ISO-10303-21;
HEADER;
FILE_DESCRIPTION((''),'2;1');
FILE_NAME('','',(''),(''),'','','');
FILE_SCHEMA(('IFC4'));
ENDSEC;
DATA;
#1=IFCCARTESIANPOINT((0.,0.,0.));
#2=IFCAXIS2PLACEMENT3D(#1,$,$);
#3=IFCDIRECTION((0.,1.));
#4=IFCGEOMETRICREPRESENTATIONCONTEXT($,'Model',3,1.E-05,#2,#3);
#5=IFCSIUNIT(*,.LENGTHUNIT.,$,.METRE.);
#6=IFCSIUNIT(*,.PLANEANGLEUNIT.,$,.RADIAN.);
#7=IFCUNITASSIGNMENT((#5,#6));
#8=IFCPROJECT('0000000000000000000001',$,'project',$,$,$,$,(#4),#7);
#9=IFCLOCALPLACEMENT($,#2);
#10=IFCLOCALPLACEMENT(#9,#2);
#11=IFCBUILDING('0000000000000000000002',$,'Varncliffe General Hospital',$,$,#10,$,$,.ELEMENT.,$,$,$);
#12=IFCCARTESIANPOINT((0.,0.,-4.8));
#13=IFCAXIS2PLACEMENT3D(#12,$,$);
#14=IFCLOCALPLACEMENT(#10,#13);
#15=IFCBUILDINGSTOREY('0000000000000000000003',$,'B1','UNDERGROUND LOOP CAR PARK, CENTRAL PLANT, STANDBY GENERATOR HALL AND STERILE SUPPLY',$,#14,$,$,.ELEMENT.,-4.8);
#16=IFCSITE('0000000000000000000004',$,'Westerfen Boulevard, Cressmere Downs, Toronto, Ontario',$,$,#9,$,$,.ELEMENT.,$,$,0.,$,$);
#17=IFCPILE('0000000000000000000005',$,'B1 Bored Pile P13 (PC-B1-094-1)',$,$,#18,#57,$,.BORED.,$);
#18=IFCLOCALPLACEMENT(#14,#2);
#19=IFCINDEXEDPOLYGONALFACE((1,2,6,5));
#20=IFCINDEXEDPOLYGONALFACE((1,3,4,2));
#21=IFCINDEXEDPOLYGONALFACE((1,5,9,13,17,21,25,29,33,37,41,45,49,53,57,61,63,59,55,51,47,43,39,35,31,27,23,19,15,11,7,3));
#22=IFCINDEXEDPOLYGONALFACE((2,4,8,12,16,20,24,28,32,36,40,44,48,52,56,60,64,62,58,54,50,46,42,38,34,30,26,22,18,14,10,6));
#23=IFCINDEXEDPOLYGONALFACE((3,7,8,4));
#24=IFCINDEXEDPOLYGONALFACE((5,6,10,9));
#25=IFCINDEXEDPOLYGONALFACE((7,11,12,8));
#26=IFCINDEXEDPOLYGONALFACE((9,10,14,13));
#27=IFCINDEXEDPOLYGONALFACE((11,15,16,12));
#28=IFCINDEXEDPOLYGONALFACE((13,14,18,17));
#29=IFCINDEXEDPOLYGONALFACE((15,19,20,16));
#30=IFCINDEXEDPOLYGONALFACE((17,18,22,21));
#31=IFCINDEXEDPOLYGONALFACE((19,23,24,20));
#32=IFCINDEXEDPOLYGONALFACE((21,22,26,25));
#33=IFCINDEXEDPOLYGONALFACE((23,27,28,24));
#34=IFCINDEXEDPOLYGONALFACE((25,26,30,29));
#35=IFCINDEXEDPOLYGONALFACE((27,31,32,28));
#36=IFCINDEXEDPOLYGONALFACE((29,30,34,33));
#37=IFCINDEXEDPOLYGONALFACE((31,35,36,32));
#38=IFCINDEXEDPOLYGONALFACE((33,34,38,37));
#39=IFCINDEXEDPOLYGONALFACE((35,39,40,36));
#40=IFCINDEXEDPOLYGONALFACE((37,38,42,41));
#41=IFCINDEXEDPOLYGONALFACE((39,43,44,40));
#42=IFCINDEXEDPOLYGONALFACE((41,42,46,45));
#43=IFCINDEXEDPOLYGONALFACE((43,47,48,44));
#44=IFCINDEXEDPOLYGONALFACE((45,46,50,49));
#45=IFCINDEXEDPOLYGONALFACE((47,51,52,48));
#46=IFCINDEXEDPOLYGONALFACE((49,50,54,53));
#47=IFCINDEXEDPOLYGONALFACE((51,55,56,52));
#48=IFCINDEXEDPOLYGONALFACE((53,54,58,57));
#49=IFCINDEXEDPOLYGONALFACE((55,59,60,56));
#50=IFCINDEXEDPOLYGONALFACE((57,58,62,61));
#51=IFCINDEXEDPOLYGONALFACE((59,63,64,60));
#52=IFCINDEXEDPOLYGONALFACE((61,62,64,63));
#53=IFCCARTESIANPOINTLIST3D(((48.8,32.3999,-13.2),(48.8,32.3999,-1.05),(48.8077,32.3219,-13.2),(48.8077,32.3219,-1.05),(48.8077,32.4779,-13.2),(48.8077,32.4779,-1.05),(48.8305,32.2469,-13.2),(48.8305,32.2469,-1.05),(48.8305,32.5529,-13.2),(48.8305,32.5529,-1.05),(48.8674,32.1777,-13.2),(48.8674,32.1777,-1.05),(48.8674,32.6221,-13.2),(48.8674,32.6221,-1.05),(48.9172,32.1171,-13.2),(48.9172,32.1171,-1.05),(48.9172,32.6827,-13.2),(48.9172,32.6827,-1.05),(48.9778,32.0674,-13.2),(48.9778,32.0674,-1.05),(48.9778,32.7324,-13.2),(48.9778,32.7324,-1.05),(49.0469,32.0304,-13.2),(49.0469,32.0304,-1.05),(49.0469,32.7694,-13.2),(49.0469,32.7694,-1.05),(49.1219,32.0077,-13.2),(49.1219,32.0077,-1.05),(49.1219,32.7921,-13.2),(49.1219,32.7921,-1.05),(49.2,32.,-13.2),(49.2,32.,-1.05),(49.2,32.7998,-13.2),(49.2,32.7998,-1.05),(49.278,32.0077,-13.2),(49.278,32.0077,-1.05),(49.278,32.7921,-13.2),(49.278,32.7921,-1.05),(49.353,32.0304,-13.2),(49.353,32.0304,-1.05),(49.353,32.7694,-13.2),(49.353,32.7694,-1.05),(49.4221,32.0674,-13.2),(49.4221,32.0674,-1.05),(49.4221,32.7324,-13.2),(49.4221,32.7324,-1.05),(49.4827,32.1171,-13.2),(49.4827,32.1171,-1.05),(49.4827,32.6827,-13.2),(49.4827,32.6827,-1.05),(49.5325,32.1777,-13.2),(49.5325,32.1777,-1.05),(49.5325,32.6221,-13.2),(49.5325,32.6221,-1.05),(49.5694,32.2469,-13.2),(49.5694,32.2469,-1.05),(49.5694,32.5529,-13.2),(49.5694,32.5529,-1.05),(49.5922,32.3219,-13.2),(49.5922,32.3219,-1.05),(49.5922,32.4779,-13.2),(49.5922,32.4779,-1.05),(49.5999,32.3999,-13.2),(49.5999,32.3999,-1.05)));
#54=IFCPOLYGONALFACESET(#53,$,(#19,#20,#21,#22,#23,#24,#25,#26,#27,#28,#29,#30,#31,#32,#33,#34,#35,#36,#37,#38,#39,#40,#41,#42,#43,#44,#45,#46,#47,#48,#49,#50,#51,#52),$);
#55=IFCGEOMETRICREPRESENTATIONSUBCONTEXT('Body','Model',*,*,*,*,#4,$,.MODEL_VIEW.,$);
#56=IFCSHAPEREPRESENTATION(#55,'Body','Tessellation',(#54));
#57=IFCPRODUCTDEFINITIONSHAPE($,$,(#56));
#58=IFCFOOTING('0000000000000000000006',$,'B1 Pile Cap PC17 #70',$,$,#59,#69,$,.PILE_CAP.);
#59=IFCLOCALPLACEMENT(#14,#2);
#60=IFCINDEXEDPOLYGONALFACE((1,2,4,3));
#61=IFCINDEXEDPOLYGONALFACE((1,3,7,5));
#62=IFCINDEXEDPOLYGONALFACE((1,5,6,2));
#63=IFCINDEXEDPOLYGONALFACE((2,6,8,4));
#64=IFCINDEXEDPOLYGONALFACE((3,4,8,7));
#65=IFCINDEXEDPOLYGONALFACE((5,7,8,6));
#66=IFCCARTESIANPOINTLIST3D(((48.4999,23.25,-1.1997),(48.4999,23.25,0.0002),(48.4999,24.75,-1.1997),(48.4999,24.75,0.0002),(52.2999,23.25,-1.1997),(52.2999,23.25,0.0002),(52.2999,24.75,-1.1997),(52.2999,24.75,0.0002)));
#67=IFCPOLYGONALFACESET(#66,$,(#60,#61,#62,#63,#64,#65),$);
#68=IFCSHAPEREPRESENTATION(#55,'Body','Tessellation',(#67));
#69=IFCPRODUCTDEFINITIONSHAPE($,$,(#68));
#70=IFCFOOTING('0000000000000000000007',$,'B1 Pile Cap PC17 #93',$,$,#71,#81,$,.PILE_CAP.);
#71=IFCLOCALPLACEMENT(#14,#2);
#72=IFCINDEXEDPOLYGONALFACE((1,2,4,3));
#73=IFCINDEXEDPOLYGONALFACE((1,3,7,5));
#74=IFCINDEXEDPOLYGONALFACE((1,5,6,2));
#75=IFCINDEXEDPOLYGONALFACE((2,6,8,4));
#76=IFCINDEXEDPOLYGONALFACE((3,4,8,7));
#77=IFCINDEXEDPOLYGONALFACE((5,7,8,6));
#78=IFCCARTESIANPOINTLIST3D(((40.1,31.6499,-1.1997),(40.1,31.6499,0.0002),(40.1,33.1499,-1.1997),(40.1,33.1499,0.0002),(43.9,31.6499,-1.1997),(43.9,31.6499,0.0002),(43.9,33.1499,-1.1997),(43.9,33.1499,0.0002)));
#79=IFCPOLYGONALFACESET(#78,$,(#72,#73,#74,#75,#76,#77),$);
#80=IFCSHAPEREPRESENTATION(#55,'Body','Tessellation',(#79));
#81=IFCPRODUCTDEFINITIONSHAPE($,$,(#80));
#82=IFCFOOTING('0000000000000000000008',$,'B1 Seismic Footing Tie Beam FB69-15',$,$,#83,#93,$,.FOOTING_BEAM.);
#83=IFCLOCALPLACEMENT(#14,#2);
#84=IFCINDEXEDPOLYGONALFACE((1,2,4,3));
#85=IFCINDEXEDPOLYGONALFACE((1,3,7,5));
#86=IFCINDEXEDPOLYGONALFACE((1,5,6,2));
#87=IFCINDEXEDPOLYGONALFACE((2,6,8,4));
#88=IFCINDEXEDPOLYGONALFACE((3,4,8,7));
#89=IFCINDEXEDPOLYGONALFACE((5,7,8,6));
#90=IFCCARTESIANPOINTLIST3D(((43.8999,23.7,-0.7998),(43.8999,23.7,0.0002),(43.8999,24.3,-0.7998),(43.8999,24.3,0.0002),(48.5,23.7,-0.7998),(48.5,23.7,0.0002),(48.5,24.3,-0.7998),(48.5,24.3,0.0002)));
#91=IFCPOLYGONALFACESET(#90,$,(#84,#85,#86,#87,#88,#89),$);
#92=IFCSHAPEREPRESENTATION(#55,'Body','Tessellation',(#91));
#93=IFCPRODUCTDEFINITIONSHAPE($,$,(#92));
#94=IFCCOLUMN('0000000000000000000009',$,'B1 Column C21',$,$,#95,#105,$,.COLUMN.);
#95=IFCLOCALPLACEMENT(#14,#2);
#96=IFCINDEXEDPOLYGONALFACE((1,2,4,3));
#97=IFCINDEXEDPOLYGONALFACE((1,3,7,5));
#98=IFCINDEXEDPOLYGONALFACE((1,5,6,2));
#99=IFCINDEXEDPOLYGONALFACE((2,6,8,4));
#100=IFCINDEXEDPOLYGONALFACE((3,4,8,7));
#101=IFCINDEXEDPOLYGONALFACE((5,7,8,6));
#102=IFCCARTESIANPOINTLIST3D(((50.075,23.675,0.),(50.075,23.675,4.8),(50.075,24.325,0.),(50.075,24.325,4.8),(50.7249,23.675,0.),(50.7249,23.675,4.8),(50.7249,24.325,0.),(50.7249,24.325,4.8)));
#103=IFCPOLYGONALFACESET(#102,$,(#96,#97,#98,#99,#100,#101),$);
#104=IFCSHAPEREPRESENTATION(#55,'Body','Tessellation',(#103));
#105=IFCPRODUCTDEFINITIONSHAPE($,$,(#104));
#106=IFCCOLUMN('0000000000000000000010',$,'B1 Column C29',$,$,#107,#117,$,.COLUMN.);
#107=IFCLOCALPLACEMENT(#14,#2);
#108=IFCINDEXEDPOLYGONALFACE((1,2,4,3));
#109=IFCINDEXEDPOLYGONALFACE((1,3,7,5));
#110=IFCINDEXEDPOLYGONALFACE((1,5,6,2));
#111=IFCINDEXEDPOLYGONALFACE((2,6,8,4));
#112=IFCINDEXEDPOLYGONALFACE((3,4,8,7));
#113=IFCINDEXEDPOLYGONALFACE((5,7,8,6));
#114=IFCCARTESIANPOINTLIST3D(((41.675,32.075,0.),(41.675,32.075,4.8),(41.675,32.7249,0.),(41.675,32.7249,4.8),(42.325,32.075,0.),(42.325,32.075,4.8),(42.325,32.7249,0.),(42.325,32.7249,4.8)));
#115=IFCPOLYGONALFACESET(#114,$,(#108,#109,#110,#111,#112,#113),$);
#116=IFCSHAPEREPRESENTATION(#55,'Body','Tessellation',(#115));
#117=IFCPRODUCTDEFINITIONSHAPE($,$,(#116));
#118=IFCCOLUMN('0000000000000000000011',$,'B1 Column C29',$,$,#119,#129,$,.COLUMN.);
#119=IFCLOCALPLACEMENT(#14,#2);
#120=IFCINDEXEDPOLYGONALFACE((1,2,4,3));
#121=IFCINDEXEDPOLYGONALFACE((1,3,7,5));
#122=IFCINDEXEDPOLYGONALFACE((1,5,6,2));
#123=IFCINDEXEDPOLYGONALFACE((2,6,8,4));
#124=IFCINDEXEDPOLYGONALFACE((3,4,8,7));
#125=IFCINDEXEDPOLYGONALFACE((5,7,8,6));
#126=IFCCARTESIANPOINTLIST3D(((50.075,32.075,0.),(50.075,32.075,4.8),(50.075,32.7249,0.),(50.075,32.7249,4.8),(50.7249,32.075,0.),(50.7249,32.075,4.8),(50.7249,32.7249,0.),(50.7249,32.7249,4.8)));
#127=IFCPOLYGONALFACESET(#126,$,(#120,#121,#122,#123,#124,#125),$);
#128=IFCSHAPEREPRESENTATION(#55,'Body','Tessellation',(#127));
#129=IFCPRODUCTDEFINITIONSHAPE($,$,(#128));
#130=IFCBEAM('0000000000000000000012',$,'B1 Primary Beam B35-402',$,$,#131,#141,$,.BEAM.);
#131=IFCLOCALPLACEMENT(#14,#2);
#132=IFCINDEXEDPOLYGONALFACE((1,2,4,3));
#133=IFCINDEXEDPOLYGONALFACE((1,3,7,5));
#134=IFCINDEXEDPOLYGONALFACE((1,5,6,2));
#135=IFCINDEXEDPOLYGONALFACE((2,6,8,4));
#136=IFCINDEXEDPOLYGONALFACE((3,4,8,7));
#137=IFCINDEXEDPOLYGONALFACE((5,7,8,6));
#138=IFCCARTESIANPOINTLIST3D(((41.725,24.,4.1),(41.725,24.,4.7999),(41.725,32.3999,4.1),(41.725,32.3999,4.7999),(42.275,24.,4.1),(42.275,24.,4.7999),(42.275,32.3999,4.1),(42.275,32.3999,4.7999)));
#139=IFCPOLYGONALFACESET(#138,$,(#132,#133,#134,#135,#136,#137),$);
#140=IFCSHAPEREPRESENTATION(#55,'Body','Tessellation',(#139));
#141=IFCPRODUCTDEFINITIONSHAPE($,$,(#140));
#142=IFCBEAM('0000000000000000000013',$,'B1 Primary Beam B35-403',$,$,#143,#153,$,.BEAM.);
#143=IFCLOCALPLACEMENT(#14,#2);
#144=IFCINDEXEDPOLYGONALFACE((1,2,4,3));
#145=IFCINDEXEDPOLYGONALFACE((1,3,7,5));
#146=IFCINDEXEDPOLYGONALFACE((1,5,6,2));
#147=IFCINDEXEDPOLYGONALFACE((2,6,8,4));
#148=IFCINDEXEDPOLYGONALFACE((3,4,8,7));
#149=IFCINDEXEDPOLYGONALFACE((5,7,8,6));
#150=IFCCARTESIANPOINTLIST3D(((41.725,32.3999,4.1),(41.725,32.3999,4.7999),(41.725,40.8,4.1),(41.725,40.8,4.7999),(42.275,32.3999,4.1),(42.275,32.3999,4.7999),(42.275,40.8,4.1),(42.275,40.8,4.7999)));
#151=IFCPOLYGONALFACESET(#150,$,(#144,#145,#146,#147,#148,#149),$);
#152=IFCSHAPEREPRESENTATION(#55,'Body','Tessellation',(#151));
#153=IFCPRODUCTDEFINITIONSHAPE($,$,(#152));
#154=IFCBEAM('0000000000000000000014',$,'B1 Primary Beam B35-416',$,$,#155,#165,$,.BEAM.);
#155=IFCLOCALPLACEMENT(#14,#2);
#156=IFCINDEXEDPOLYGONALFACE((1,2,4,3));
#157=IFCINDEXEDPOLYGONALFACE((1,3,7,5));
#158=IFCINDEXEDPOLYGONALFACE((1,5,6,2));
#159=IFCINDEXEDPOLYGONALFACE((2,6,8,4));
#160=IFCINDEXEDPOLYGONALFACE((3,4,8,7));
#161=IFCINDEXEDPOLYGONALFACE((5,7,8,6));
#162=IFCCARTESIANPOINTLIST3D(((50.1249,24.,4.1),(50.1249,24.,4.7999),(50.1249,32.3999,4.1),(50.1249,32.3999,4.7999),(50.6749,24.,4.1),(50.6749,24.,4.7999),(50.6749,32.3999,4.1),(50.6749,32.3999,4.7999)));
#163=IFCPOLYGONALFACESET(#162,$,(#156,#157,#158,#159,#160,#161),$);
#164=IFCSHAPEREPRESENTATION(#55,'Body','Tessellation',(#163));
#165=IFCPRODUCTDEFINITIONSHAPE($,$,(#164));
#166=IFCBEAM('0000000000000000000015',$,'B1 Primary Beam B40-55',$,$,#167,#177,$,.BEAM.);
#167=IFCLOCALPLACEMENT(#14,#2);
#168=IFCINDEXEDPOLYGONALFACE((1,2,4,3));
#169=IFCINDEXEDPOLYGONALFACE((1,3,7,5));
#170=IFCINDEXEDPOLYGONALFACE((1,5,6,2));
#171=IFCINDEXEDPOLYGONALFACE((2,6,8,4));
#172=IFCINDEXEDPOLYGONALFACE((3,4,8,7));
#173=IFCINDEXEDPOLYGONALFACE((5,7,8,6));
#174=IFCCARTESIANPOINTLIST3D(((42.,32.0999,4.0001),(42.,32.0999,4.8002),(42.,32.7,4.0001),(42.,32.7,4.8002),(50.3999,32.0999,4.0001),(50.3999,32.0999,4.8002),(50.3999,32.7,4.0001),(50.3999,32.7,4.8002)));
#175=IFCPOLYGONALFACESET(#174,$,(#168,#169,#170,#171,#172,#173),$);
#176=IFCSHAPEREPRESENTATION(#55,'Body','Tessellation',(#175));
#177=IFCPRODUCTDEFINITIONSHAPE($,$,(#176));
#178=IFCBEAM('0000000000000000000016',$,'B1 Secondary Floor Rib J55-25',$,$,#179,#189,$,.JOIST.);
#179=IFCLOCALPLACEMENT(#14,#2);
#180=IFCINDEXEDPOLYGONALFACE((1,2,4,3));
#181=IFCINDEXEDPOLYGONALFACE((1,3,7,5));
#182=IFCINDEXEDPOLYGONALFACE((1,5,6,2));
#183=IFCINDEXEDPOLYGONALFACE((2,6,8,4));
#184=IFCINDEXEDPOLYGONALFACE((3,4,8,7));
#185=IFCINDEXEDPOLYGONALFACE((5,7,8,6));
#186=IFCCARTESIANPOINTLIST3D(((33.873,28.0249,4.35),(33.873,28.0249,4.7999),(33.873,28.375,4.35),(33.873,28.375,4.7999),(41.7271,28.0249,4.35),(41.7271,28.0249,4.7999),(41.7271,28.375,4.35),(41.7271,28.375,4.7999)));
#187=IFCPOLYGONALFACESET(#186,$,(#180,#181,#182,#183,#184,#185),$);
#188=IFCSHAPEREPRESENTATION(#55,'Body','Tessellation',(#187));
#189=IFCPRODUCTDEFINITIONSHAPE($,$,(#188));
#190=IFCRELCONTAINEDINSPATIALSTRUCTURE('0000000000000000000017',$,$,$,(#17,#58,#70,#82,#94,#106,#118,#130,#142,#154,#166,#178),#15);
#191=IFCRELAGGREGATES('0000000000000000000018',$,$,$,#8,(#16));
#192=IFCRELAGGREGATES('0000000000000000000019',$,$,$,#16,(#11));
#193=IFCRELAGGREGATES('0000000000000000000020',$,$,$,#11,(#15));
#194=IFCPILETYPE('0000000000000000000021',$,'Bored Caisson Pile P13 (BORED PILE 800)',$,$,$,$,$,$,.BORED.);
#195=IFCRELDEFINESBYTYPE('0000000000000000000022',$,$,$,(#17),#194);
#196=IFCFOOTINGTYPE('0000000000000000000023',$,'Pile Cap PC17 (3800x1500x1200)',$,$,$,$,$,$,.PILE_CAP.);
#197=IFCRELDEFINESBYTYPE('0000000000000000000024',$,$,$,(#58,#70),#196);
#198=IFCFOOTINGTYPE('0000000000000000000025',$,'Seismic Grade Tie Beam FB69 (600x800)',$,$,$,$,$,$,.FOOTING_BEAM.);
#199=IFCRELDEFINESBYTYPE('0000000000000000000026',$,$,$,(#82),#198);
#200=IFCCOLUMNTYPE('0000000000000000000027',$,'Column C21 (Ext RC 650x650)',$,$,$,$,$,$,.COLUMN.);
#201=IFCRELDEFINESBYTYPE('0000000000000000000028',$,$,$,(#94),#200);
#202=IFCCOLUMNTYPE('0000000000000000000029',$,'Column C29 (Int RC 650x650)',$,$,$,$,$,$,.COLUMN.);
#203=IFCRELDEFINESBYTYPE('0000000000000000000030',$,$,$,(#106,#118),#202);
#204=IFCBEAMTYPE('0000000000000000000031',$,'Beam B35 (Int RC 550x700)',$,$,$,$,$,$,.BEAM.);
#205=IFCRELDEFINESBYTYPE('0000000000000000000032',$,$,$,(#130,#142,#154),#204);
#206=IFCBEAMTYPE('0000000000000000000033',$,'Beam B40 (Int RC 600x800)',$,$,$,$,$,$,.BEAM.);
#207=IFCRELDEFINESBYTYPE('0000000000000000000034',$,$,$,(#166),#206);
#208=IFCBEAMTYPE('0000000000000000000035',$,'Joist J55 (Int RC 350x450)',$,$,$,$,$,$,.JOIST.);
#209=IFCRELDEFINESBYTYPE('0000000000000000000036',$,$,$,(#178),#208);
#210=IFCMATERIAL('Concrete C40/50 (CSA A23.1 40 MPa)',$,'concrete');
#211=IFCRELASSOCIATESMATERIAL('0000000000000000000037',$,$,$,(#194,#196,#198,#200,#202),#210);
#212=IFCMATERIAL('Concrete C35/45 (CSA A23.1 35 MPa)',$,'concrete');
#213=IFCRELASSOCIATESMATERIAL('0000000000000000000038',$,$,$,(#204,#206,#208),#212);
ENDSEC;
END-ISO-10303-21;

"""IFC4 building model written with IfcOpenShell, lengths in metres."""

from ifc_helpers import new_model, si_unit, direction, frame, origin, origin_2d, place, context, subcontext, project, spatial, rectangle, circle, extrude, material, material_profile, profile_set, type_object, element, save


model = new_model("IFC4")

# Units and contexts
model_context = context("Model", 3, precision=1e-05, world=origin(), true_north=direction((0.0, 1.0)))
body_context = subcontext(model_context, "Body", "Model", "MODEL_VIEW")
ifc_project = project(units=[si_unit("LENGTHUNIT", "METRE"), si_unit("PLANEANGLEUNIT", "RADIAN")], contexts=[model_context])

# Site, building, storey
site_placement = place(None, origin())
site = spatial("IfcSite", under=ifc_project, at=site_placement, Name="Westerfen Boulevard, Cressmere Downs, Toronto, Ontario", CompositionType="ELEMENT", RefElevation=0.0)
building_placement = place(site_placement, origin())
building = spatial("IfcBuilding", under=site, at=building_placement, Name="Varncliffe General Hospital", CompositionType="ELEMENT")
storey_placement = place(building_placement, frame((0.0, 0.0, -4.8)))
storey = spatial("IfcBuildingStorey", under=building, at=storey_placement, Name="B1", Description="UNDERGROUND LOOP CAR PARK, CENTRAL PLANT, STANDBY GENERATOR HALL AND STERILE SUPPLY", CompositionType="ELEMENT", Elevation=-4.8)

# Pile
ifc_material_1 = material(Name="Concrete C40/50 (CSA A23.1 40 MPa)", Category="concrete")
ifc_material_profile_1 = material_profile(ifc_material_1, circle(Radius=0.3999, at=origin_2d()), Name="BORED PILE 800")
ifc_profile_set_1 = profile_set([ifc_material_profile_1], Name="Concrete C40/50 (CSA A23.1 40 MPa)")
pile_type = type_object("IfcPileType", Name="Bored Caisson Pile P13 (BORED PILE 800)", PredefinedType="BORED", material=ifc_profile_set_1)
for number, where, z_axis, x_axis, name in (
    (1, (49.2, 32.3999, -1.05), (0.0, 0.0, -1.0), (1.0, 0.0, 0.0), "B1 Bored Pile P13 (PC-B1-094-1)"),
):
    element("IfcPile", number, at=place(storey_placement, frame(where, z_axis=z_axis, x_axis=x_axis)), inside=storey, type_object=pile_type, Name=name, PredefinedType="BORED", context=body_context, shape_type="SweptSolid", body=[
        extrude(circle(Radius=0.3999, at=origin_2d()), origin(), (0.0, 0.0, 1.0), 12.1499),
    ])

# Footings
footing_type_1 = type_object("IfcFootingType", Name="Pile Cap PC17 (3800x1500x1200)", PredefinedType="PILE_CAP", material=ifc_material_1)
for number, where, z_axis, x_axis, name in (
    (2, (50.3999, 24.0, -1.1997), (0.0, 0.0, 1.0), (1.0, 0.0, 0.0), "B1 Pile Cap PC17 #70"),
    (3, (42.0, 32.3999, -1.1997), (0.0, 0.0, 1.0), (1.0, 0.0, 0.0), "B1 Pile Cap PC17 #93"),
):
    element("IfcFooting", number, at=place(storey_placement, frame(where, z_axis=z_axis, x_axis=x_axis)), inside=storey, type_object=footing_type_1, Name=name, PredefinedType="PILE_CAP", context=body_context, shape_type="SweptSolid", body=[
        extrude(rectangle(XDim=3.8, YDim=1.5, at=origin_2d()), origin(), (0.0, 0.0, 1.0), 1.2),
    ])
footing_type_2 = type_object("IfcFootingType", Name="Seismic Grade Tie Beam FB69 (600x800)", PredefinedType="FOOTING_BEAM", material=ifc_material_1)
footing_placement = place(storey_placement, frame((46.2, 24.0, -0.7998), z_axis=(0.0, 0.0, 1.0), x_axis=(1.0, 0.0, 0.0)))
element("IfcFooting", 4, at=footing_placement, inside=storey, type_object=footing_type_2, Name="B1 Seismic Footing Tie Beam FB69-15", PredefinedType="FOOTING_BEAM", context=body_context, shape_type="SweptSolid", body=[
    extrude(rectangle(XDim=4.6001, YDim=0.6001, at=origin_2d()), origin(), (0.0, 0.0, 1.0), 0.8),
])

# Columns
ifc_material_profile_2 = material_profile(ifc_material_1, rectangle(XDim=0.6499, YDim=0.6499, at=origin_2d()), Name="RC 650x650")
ifc_profile_set_2 = profile_set([ifc_material_profile_2], Name="Concrete C40/50 (CSA A23.1 40 MPa)")
column_type_1 = type_object("IfcColumnType", Name="Column C21 (Ext RC 650x650)", PredefinedType="COLUMN", material=ifc_profile_set_2)
column_placement = place(storey_placement, frame((50.3999, 24.0, 0.0), z_axis=(0.0, 0.0, 1.0), x_axis=(1.0, 0.0, 0.0)))
element("IfcColumn", 5, at=column_placement, inside=storey, type_object=column_type_1, Name="B1 Column C21", PredefinedType="COLUMN", context=body_context, shape_type="SweptSolid", body=[
    extrude(rectangle(XDim=0.6499, YDim=0.6499, at=origin_2d()), origin(), (0.0, 0.0, 1.0), 4.8),
])
ifc_material_profile_3 = material_profile(ifc_material_1, rectangle(XDim=0.6499, YDim=0.6499, at=origin_2d()), Name="RC 650x650")
ifc_profile_set_3 = profile_set([ifc_material_profile_3], Name="Concrete C40/50 (CSA A23.1 40 MPa)")
column_type_2 = type_object("IfcColumnType", Name="Column C29 (Int RC 650x650)", PredefinedType="COLUMN", material=ifc_profile_set_3)
for number, where, z_axis, x_axis, name in (
    (6, (42.0, 32.3999, 0.0), (0.0, 0.0, 1.0), (1.0, 0.0, 0.0), "B1 Column C29"),
    (7, (50.3999, 32.3999, 0.0), (0.0, 0.0, 1.0), (1.0, 0.0, 0.0), "B1 Column C29"),
):
    element("IfcColumn", number, at=place(storey_placement, frame(where, z_axis=z_axis, x_axis=x_axis)), inside=storey, type_object=column_type_2, Name=name, PredefinedType="COLUMN", context=body_context, shape_type="SweptSolid", body=[
        extrude(rectangle(XDim=0.6499, YDim=0.6499, at=origin_2d()), origin(), (0.0, 0.0, 1.0), 4.8),
    ])

# Beams
ifc_material_2 = material(Name="Concrete C35/45 (CSA A23.1 35 MPa)", Category="concrete")
ifc_material_profile_4 = material_profile(ifc_material_2, rectangle(XDim=0.55, YDim=0.7, at=origin_2d()), Name="RC 550x700")
ifc_profile_set_4 = profile_set([ifc_material_profile_4], Name="Concrete C35/45 (CSA A23.1 35 MPa)")
beam_type_1 = type_object("IfcBeamType", Name="Beam B35 (Int RC 550x700)", PredefinedType="BEAM", material=ifc_profile_set_4)
beam_1_placement = place(storey_placement, frame((42.0, 24.0, 4.45), z_axis=(0.0, 1.0, 0.0), x_axis=(-1.0, 0.0, 0.0)))
element("IfcBeam", 8, at=beam_1_placement, inside=storey, type_object=beam_type_1, Name="B1 Primary Beam B35-402", PredefinedType="BEAM", context=body_context, shape_type="SweptSolid", body=[
    extrude(rectangle(XDim=0.55, YDim=0.7, at=origin_2d()), origin(), (0.0, 0.0, 1.0), 8.3999),
])
beam_2_placement = place(storey_placement, frame((42.0, 32.3999, 4.45), z_axis=(0.0, 1.0, 0.0), x_axis=(-1.0, 0.0, 0.0)))
element("IfcBeam", 9, at=beam_2_placement, inside=storey, type_object=beam_type_1, Name="B1 Primary Beam B35-403", PredefinedType="BEAM", context=body_context, shape_type="SweptSolid", body=[
    extrude(rectangle(XDim=0.55, YDim=0.7, at=origin_2d()), origin(), (0.0, 0.0, 1.0), 8.4001),
])
beam_3_placement = place(storey_placement, frame((50.3999, 24.0, 4.45), z_axis=(0.0, 1.0, 0.0), x_axis=(-1.0, 0.0, 0.0)))
element("IfcBeam", 10, at=beam_3_placement, inside=storey, type_object=beam_type_1, Name="B1 Primary Beam B35-416", PredefinedType="BEAM", context=body_context, shape_type="SweptSolid", body=[
    extrude(rectangle(XDim=0.55, YDim=0.7, at=origin_2d()), origin(), (0.0, 0.0, 1.0), 8.3999),
])
ifc_material_profile_5 = material_profile(ifc_material_2, rectangle(XDim=0.6001, YDim=0.8, at=origin_2d()), Name="RC 600x800")
ifc_profile_set_5 = profile_set([ifc_material_profile_5], Name="Concrete C35/45 (CSA A23.1 35 MPa)")
beam_type_2 = type_object("IfcBeamType", Name="Beam B40 (Int RC 600x800)", PredefinedType="BEAM", material=ifc_profile_set_5)
beam_4_placement = place(storey_placement, frame((42.0, 32.3999, 4.4001), z_axis=(1.0, 0.0, 0.0), x_axis=(0.0, 1.0, 0.0)))
element("IfcBeam", 11, at=beam_4_placement, inside=storey, type_object=beam_type_2, Name="B1 Primary Beam B40-55", PredefinedType="BEAM", context=body_context, shape_type="SweptSolid", body=[
    extrude(rectangle(XDim=0.6001, YDim=0.8, at=origin_2d()), origin(), (0.0, 0.0, 1.0), 8.3999),
])
ifc_material_profile_6 = material_profile(ifc_material_2, rectangle(XDim=0.3501, YDim=0.45, at=origin_2d()), Name="RC 350x450")
ifc_profile_set_6 = profile_set([ifc_material_profile_6], Name="Concrete C35/45 (CSA A23.1 35 MPa)")
beam_type_3 = type_object("IfcBeamType", Name="Joist J55 (Int RC 350x450)", PredefinedType="JOIST", material=ifc_profile_set_6)
for number, where, z_axis, x_axis, name in (
    (12, (33.873, 28.2, 4.575), (1.0, 0.0, 0.0), (0.0, 1.0, 0.0), "B1 Secondary Floor Rib J55-25"),
):
    element("IfcBeam", number, at=place(storey_placement, frame(where, z_axis=z_axis, x_axis=x_axis)), inside=storey, type_object=beam_type_3, Name=name, PredefinedType="JOIST", context=body_context, shape_type="SweptSolid", body=[
        extrude(rectangle(XDim=0.3501, YDim=0.45, at=origin_2d()), origin(), (0.0, 0.0, 1.0), 7.854),
    ])

save(model, "model.ifc")
